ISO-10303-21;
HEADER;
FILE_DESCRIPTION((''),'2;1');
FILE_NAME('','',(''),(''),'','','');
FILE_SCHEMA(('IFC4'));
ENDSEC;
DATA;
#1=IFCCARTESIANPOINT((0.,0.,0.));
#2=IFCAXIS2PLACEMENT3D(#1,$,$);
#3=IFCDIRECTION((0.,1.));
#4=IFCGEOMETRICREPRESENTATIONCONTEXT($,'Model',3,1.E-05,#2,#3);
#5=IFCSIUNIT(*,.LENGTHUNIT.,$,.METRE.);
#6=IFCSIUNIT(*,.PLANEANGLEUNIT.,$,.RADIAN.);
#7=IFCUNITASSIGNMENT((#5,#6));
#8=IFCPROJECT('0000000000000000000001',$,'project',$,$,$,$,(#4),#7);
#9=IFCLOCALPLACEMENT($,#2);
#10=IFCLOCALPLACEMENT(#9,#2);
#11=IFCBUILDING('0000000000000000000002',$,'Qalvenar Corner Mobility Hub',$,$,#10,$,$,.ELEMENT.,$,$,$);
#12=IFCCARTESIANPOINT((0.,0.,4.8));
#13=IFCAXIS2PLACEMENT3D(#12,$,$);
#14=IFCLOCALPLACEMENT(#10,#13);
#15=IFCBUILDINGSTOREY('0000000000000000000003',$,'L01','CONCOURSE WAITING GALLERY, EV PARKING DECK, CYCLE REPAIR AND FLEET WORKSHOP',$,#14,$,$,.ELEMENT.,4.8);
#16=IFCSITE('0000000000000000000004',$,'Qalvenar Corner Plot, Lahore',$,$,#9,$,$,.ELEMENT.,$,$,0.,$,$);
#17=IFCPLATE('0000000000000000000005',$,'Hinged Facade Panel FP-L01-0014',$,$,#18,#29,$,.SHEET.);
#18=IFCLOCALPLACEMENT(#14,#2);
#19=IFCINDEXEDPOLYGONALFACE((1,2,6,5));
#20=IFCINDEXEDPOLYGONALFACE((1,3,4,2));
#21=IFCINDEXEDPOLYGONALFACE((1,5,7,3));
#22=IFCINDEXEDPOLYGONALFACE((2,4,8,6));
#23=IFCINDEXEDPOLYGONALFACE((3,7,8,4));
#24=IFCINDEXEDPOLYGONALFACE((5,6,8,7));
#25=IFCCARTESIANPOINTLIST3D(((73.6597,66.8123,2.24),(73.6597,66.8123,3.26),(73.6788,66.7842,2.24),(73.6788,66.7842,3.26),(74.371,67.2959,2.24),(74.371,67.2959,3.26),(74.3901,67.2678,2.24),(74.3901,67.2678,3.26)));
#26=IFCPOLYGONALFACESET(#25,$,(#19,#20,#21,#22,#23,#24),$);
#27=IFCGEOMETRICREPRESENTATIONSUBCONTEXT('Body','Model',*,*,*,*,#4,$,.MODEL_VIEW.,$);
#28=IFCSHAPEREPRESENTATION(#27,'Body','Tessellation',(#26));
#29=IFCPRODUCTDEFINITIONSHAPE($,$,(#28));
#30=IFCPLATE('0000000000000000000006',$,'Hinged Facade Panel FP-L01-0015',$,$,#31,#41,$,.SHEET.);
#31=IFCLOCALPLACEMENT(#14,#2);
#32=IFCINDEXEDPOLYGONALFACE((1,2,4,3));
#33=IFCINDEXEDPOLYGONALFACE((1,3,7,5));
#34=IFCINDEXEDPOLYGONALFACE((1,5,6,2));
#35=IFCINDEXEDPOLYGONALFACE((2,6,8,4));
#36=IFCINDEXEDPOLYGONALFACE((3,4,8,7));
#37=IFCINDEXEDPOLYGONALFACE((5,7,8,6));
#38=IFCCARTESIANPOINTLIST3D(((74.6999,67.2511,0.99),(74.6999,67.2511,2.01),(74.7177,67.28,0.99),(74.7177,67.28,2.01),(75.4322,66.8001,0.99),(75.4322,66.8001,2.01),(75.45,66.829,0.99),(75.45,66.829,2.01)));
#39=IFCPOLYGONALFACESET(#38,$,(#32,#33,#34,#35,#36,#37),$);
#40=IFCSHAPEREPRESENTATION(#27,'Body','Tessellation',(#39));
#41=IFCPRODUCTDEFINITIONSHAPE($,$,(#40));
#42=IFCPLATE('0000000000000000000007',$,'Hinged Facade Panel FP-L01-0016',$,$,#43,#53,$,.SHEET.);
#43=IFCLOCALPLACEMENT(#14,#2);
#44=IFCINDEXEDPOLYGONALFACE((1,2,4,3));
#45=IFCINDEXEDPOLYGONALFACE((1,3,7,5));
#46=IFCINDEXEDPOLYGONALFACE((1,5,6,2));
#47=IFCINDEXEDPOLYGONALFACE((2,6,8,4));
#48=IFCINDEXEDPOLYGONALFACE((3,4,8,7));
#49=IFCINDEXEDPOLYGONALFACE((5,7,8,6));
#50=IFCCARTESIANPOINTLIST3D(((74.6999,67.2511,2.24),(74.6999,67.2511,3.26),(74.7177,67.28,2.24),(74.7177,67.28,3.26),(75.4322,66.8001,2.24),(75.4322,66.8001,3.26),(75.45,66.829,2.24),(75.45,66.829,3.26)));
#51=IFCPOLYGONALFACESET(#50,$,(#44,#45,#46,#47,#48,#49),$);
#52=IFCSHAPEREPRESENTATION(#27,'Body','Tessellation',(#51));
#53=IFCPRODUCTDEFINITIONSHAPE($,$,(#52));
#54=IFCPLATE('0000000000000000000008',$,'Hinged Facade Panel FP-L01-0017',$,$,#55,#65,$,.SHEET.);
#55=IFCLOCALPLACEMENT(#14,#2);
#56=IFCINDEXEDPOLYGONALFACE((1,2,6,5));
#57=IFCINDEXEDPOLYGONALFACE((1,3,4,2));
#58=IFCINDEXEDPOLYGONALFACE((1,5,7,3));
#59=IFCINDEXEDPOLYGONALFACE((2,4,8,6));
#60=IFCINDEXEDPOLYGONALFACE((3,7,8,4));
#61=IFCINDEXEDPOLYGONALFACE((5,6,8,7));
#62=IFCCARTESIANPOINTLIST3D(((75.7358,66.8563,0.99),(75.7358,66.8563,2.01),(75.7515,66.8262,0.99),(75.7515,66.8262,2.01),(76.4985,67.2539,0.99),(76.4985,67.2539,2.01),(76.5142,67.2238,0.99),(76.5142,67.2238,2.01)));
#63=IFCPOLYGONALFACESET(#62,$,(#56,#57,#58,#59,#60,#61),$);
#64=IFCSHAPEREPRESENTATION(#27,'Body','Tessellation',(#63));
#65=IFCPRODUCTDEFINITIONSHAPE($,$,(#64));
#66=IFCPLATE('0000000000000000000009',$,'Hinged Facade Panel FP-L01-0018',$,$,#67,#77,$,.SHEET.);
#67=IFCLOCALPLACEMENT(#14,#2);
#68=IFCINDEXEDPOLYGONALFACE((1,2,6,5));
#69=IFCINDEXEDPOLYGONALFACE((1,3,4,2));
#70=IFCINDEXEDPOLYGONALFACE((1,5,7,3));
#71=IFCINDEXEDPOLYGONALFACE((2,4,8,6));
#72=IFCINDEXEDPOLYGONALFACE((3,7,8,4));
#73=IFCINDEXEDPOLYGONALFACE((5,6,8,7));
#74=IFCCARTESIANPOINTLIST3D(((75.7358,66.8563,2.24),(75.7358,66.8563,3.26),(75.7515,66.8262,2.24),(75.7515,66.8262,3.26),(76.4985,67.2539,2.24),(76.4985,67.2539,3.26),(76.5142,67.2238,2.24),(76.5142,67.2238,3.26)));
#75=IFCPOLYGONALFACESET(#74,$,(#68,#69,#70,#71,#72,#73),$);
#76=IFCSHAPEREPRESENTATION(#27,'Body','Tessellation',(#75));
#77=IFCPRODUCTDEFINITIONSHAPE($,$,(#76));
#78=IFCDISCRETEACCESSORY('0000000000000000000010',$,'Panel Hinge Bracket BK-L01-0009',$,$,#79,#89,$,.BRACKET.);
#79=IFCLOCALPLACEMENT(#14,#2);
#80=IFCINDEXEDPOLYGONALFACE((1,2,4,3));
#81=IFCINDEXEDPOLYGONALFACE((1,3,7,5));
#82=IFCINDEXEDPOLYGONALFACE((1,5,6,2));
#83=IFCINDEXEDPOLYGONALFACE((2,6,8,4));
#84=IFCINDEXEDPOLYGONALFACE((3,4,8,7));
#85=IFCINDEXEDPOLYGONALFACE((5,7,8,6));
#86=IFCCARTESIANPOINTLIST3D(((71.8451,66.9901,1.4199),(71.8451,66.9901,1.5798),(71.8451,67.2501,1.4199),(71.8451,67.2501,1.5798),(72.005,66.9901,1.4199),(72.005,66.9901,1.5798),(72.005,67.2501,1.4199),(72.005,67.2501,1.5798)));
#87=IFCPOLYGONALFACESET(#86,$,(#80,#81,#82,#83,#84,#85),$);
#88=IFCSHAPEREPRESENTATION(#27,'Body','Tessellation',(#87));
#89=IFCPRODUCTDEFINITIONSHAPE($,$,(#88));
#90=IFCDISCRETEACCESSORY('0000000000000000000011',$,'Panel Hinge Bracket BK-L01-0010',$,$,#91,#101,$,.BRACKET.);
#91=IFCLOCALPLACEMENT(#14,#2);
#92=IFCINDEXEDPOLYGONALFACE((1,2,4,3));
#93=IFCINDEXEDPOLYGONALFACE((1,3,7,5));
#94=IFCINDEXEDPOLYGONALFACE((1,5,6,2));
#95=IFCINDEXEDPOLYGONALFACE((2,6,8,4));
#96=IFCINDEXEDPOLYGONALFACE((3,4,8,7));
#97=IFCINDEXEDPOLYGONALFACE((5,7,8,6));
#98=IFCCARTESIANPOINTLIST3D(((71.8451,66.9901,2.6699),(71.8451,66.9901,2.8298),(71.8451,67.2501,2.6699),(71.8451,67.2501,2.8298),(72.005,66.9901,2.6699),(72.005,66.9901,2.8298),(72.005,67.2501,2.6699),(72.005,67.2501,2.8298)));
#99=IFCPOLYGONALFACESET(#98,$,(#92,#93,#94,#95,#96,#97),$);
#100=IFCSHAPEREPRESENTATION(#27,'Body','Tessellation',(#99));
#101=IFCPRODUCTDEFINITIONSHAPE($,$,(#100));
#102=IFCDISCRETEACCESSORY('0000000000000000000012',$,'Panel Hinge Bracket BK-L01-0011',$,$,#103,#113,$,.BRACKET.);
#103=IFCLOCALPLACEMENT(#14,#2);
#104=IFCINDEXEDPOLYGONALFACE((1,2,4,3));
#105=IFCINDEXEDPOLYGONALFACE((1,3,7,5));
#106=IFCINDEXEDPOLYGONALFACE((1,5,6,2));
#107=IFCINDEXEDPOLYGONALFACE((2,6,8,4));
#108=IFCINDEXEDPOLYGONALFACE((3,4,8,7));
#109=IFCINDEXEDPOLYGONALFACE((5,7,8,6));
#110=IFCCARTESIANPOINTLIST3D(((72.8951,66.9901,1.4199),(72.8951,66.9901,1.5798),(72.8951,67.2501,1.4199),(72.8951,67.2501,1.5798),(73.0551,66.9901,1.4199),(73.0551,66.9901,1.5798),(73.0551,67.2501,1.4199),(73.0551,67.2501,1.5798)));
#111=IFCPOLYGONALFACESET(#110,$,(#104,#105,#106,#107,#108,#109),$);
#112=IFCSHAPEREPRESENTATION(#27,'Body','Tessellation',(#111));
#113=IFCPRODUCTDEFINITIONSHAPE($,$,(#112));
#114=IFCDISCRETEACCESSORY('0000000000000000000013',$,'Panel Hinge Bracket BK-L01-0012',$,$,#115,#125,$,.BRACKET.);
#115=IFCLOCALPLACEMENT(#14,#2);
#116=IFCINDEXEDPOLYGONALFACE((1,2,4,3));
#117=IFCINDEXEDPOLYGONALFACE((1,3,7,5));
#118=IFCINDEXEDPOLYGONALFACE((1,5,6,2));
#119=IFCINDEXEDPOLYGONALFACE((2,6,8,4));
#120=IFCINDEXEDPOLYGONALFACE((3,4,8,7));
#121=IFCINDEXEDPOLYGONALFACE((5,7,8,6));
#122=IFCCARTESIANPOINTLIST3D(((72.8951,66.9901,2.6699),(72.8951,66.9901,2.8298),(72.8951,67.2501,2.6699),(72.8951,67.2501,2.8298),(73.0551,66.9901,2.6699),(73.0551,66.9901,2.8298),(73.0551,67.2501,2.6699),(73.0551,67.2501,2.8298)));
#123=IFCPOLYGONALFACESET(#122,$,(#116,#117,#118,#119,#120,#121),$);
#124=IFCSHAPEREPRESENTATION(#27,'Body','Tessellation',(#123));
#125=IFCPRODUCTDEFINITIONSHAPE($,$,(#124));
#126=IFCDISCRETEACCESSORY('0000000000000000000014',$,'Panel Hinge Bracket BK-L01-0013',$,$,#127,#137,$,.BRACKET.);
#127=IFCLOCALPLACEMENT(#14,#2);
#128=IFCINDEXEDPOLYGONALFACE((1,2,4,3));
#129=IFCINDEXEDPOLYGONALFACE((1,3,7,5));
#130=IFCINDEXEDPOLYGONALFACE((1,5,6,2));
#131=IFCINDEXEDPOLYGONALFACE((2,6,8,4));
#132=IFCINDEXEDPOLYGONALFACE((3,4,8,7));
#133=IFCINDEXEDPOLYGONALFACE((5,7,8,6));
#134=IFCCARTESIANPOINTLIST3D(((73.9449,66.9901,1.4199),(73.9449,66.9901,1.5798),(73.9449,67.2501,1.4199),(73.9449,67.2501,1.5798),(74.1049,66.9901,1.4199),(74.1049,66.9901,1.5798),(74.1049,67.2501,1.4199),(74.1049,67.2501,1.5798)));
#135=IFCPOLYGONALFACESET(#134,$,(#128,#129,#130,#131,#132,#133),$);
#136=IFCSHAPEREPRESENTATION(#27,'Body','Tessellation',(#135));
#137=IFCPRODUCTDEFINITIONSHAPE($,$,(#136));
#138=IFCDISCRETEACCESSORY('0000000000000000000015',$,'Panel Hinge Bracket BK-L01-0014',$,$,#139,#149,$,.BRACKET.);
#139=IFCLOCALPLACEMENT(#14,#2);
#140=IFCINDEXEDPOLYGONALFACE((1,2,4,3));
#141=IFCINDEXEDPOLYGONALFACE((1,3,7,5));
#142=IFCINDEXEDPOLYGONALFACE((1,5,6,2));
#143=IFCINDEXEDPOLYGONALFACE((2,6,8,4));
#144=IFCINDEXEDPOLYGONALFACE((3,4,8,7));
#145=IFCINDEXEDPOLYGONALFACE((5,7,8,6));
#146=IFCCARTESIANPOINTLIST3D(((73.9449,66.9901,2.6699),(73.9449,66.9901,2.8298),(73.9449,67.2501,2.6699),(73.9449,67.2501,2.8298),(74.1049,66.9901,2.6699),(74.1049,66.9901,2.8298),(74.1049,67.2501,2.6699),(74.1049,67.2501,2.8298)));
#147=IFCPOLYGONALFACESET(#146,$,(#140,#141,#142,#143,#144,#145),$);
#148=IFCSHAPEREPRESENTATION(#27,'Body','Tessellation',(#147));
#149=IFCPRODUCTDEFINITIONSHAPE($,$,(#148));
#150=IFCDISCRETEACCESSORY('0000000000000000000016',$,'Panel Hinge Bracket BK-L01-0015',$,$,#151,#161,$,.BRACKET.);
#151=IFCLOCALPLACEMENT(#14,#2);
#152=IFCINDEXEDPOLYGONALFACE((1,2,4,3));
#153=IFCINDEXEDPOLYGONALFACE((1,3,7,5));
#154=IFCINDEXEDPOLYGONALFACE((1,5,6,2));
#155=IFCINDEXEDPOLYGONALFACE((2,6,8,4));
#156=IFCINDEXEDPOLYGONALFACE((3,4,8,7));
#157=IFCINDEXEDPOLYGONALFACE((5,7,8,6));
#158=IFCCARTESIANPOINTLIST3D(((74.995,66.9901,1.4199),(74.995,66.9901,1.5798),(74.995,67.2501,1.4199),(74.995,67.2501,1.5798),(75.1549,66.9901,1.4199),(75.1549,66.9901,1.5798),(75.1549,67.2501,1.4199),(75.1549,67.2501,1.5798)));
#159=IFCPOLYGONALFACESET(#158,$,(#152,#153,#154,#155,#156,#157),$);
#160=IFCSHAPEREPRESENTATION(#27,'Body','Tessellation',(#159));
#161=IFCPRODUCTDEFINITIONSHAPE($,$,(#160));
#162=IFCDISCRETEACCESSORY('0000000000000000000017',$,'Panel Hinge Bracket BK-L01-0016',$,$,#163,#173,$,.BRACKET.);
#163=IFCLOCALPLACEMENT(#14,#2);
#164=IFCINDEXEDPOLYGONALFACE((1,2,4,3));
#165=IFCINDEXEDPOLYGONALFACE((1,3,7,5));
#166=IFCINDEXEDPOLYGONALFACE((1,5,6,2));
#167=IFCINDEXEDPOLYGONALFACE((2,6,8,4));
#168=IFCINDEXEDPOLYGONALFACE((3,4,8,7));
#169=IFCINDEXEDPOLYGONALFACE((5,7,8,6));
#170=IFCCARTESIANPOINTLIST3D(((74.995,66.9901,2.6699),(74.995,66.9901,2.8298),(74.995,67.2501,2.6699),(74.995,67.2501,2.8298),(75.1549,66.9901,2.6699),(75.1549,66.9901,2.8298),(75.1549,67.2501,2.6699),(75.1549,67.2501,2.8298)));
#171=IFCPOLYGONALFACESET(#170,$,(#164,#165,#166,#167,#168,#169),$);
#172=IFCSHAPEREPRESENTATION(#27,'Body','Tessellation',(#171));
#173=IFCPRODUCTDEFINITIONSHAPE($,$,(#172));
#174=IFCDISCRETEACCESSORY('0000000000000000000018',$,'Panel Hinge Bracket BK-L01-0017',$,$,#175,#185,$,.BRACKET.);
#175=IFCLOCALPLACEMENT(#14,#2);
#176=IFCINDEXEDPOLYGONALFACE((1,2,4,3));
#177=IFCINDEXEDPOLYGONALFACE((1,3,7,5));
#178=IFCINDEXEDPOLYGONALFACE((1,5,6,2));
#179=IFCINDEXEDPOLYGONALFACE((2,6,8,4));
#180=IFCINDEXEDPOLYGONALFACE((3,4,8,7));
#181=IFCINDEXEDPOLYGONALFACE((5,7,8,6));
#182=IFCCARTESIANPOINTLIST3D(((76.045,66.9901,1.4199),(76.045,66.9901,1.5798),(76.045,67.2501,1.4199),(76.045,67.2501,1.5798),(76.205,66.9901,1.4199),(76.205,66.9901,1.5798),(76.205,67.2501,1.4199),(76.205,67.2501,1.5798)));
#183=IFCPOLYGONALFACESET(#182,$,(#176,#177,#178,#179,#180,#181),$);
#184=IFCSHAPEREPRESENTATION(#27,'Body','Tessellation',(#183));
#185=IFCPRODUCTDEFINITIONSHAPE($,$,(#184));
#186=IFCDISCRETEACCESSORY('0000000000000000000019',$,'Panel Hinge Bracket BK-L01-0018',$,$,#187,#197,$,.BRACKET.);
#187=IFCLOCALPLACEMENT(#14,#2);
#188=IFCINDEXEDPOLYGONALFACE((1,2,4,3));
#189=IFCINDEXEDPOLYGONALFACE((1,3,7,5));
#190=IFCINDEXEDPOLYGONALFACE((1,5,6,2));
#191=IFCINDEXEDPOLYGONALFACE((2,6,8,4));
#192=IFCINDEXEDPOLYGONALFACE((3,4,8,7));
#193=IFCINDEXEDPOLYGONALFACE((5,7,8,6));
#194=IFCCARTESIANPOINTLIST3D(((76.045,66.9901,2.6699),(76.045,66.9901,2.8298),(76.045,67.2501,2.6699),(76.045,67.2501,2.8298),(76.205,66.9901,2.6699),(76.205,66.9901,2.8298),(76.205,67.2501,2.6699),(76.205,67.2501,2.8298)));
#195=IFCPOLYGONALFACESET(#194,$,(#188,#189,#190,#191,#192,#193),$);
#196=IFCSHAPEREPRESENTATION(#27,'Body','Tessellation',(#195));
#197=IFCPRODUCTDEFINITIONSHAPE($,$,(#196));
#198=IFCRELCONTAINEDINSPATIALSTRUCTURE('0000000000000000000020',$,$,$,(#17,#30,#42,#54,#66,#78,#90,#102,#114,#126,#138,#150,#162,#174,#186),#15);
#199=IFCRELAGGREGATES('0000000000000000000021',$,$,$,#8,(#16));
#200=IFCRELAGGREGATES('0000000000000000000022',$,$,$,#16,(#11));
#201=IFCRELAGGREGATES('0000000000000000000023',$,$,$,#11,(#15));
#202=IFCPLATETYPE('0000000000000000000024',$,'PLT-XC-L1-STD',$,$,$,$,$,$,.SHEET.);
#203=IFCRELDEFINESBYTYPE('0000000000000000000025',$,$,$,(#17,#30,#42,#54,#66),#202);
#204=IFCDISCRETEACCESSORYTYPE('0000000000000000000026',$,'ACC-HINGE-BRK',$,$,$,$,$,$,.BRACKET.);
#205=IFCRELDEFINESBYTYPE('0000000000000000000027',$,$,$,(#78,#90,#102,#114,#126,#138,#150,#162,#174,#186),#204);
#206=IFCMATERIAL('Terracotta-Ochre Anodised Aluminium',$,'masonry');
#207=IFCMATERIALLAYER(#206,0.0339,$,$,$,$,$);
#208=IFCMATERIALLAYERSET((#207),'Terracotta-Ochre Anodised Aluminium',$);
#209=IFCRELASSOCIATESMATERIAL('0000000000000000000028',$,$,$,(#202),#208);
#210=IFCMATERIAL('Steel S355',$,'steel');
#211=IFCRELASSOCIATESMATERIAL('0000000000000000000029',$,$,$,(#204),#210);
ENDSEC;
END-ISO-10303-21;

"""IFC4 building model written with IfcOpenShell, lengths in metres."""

from ifc_helpers import new_model, si_unit, direction, frame, origin, origin_2d, place, context, subcontext, project, spatial, rectangle, extrude, material, layer, layer_set, type_object, element, save


model = new_model("IFC4")

# Units and contexts
model_context = context("Model", 3, precision=1e-05, world=origin(), true_north=direction((0.0, 1.0)))
body_context = subcontext(model_context, "Body", "Model", "MODEL_VIEW")
ifc_project = project(units=[si_unit("LENGTHUNIT", "METRE"), si_unit("PLANEANGLEUNIT", "RADIAN")], contexts=[model_context])

# Site, building, storey
site_placement = place(None, origin())
site = spatial("IfcSite", under=ifc_project, at=site_placement, Name="Qalvenar Corner Plot, Lahore", CompositionType="ELEMENT", RefElevation=0.0)
building_placement = place(site_placement, origin())
building = spatial("IfcBuilding", under=site, at=building_placement, Name="Qalvenar Corner Mobility Hub", CompositionType="ELEMENT")
storey_placement = place(building_placement, frame((0.0, 0.0, 4.8)))
storey = spatial("IfcBuildingStorey", under=building, at=storey_placement, Name="L01", Description="CONCOURSE WAITING GALLERY, EV PARKING DECK, CYCLE REPAIR AND FLEET WORKSHOP", CompositionType="ELEMENT", Elevation=4.8)

# Shared definitions
ifc_material_1 = material(Name="Steel S355", Category="steel")

# Plates
ifc_material_2 = material(Name="Terracotta-Ochre Anodised Aluminium", Category="masonry")
ifc_layer = layer(ifc_material_2, 0.0339)
ifc_layer_set = layer_set([ifc_layer], Name="Terracotta-Ochre Anodised Aluminium")
plate_type = type_object("IfcPlateType", Name="PLT-XC-L1-STD", PredefinedType="SHEET", material=ifc_layer_set)
for number, where, z_axis, x_axis, name in (
    (1, (74.0249, 67.04, 2.24), (0.0, 0.0, 1.0), (0.826982, 0.562228, 0.0), "Hinged Facade Panel FP-L01-0014"),
    (2, (75.075, 67.04, 0.99), (0.0, 0.0, 1.0), (0.851452, -0.524432, 0.0), "Hinged Facade Panel FP-L01-0015"),
    (3, (75.075, 67.04, 2.24), (0.0, 0.0, 1.0), (0.851452, -0.524432, 0.0), "Hinged Facade Panel FP-L01-0016"),
    (4, (76.125, 67.04, 0.99), (0.0, 0.0, 1.0), (0.886769, 0.462213, 0.0), "Hinged Facade Panel FP-L01-0017"),
    (5, (76.125, 67.04, 2.24), (0.0, 0.0, 1.0), (0.886769, 0.462213, 0.0), "Hinged Facade Panel FP-L01-0018"),
):
    element("IfcPlate", number, at=place(storey_placement, frame(where, z_axis=z_axis, x_axis=x_axis)), inside=storey, type_object=plate_type, Name=name, PredefinedType="SHEET", context=body_context, shape_type="SweptSolid", body=[
        extrude(rectangle(XDim=0.8601, YDim=0.0339, at=origin_2d()), origin(), (0.0, 0.0, 1.0), 1.02),
    ])

# Discrete accessories
discrete_accessory_type = type_object("IfcDiscreteAccessoryType", Name="ACC-HINGE-BRK", PredefinedType="BRACKET", material=ifc_material_1)
for number, where, z_axis, x_axis, name in (
    (6, (71.925, 67.1201, 1.4199), (0.0, 0.0, 1.0), (1.0, 0.0, 0.0), "Panel Hinge Bracket BK-L01-0009"),
    (7, (71.925, 67.1201, 2.6699), (0.0, 0.0, 1.0), (1.0, 0.0, 0.0), "Panel Hinge Bracket BK-L01-0010"),
    (8, (72.9751, 67.1201, 1.4199), (0.0, 0.0, 1.0), (1.0, 0.0, 0.0), "Panel Hinge Bracket BK-L01-0011"),
    (9, (72.9751, 67.1201, 2.6699), (0.0, 0.0, 1.0), (1.0, 0.0, 0.0), "Panel Hinge Bracket BK-L01-0012"),
    (10, (74.0249, 67.1201, 1.4199), (0.0, 0.0, 1.0), (1.0, 0.0, 0.0), "Panel Hinge Bracket BK-L01-0013"),
    (11, (74.0249, 67.1201, 2.6699), (0.0, 0.0, 1.0), (1.0, 0.0, 0.0), "Panel Hinge Bracket BK-L01-0014"),
    (12, (75.075, 67.1201, 1.4199), (0.0, 0.0, 1.0), (1.0, 0.0, 0.0), "Panel Hinge Bracket BK-L01-0015"),
    (13, (75.075, 67.1201, 2.6699), (0.0, 0.0, 1.0), (1.0, 0.0, 0.0), "Panel Hinge Bracket BK-L01-0016"),
    (14, (76.125, 67.1201, 1.4199), (0.0, 0.0, 1.0), (1.0, 0.0, 0.0), "Panel Hinge Bracket BK-L01-0017"),
    (15, (76.125, 67.1201, 2.6699), (0.0, 0.0, 1.0), (1.0, 0.0, 0.0), "Panel Hinge Bracket BK-L01-0018"),
):
    element("IfcDiscreteAccessory", number, at=place(storey_placement, frame(where, z_axis=z_axis, x_axis=x_axis)), inside=storey, type_object=discrete_accessory_type, Name=name, PredefinedType="BRACKET", context=body_context, shape_type="SweptSolid", body=[
        extrude(rectangle(XDim=0.1599, YDim=0.26, at=origin_2d()), origin(), (0.0, 0.0, 1.0), 0.1599),
    ])

save(model, "model.ifc")
